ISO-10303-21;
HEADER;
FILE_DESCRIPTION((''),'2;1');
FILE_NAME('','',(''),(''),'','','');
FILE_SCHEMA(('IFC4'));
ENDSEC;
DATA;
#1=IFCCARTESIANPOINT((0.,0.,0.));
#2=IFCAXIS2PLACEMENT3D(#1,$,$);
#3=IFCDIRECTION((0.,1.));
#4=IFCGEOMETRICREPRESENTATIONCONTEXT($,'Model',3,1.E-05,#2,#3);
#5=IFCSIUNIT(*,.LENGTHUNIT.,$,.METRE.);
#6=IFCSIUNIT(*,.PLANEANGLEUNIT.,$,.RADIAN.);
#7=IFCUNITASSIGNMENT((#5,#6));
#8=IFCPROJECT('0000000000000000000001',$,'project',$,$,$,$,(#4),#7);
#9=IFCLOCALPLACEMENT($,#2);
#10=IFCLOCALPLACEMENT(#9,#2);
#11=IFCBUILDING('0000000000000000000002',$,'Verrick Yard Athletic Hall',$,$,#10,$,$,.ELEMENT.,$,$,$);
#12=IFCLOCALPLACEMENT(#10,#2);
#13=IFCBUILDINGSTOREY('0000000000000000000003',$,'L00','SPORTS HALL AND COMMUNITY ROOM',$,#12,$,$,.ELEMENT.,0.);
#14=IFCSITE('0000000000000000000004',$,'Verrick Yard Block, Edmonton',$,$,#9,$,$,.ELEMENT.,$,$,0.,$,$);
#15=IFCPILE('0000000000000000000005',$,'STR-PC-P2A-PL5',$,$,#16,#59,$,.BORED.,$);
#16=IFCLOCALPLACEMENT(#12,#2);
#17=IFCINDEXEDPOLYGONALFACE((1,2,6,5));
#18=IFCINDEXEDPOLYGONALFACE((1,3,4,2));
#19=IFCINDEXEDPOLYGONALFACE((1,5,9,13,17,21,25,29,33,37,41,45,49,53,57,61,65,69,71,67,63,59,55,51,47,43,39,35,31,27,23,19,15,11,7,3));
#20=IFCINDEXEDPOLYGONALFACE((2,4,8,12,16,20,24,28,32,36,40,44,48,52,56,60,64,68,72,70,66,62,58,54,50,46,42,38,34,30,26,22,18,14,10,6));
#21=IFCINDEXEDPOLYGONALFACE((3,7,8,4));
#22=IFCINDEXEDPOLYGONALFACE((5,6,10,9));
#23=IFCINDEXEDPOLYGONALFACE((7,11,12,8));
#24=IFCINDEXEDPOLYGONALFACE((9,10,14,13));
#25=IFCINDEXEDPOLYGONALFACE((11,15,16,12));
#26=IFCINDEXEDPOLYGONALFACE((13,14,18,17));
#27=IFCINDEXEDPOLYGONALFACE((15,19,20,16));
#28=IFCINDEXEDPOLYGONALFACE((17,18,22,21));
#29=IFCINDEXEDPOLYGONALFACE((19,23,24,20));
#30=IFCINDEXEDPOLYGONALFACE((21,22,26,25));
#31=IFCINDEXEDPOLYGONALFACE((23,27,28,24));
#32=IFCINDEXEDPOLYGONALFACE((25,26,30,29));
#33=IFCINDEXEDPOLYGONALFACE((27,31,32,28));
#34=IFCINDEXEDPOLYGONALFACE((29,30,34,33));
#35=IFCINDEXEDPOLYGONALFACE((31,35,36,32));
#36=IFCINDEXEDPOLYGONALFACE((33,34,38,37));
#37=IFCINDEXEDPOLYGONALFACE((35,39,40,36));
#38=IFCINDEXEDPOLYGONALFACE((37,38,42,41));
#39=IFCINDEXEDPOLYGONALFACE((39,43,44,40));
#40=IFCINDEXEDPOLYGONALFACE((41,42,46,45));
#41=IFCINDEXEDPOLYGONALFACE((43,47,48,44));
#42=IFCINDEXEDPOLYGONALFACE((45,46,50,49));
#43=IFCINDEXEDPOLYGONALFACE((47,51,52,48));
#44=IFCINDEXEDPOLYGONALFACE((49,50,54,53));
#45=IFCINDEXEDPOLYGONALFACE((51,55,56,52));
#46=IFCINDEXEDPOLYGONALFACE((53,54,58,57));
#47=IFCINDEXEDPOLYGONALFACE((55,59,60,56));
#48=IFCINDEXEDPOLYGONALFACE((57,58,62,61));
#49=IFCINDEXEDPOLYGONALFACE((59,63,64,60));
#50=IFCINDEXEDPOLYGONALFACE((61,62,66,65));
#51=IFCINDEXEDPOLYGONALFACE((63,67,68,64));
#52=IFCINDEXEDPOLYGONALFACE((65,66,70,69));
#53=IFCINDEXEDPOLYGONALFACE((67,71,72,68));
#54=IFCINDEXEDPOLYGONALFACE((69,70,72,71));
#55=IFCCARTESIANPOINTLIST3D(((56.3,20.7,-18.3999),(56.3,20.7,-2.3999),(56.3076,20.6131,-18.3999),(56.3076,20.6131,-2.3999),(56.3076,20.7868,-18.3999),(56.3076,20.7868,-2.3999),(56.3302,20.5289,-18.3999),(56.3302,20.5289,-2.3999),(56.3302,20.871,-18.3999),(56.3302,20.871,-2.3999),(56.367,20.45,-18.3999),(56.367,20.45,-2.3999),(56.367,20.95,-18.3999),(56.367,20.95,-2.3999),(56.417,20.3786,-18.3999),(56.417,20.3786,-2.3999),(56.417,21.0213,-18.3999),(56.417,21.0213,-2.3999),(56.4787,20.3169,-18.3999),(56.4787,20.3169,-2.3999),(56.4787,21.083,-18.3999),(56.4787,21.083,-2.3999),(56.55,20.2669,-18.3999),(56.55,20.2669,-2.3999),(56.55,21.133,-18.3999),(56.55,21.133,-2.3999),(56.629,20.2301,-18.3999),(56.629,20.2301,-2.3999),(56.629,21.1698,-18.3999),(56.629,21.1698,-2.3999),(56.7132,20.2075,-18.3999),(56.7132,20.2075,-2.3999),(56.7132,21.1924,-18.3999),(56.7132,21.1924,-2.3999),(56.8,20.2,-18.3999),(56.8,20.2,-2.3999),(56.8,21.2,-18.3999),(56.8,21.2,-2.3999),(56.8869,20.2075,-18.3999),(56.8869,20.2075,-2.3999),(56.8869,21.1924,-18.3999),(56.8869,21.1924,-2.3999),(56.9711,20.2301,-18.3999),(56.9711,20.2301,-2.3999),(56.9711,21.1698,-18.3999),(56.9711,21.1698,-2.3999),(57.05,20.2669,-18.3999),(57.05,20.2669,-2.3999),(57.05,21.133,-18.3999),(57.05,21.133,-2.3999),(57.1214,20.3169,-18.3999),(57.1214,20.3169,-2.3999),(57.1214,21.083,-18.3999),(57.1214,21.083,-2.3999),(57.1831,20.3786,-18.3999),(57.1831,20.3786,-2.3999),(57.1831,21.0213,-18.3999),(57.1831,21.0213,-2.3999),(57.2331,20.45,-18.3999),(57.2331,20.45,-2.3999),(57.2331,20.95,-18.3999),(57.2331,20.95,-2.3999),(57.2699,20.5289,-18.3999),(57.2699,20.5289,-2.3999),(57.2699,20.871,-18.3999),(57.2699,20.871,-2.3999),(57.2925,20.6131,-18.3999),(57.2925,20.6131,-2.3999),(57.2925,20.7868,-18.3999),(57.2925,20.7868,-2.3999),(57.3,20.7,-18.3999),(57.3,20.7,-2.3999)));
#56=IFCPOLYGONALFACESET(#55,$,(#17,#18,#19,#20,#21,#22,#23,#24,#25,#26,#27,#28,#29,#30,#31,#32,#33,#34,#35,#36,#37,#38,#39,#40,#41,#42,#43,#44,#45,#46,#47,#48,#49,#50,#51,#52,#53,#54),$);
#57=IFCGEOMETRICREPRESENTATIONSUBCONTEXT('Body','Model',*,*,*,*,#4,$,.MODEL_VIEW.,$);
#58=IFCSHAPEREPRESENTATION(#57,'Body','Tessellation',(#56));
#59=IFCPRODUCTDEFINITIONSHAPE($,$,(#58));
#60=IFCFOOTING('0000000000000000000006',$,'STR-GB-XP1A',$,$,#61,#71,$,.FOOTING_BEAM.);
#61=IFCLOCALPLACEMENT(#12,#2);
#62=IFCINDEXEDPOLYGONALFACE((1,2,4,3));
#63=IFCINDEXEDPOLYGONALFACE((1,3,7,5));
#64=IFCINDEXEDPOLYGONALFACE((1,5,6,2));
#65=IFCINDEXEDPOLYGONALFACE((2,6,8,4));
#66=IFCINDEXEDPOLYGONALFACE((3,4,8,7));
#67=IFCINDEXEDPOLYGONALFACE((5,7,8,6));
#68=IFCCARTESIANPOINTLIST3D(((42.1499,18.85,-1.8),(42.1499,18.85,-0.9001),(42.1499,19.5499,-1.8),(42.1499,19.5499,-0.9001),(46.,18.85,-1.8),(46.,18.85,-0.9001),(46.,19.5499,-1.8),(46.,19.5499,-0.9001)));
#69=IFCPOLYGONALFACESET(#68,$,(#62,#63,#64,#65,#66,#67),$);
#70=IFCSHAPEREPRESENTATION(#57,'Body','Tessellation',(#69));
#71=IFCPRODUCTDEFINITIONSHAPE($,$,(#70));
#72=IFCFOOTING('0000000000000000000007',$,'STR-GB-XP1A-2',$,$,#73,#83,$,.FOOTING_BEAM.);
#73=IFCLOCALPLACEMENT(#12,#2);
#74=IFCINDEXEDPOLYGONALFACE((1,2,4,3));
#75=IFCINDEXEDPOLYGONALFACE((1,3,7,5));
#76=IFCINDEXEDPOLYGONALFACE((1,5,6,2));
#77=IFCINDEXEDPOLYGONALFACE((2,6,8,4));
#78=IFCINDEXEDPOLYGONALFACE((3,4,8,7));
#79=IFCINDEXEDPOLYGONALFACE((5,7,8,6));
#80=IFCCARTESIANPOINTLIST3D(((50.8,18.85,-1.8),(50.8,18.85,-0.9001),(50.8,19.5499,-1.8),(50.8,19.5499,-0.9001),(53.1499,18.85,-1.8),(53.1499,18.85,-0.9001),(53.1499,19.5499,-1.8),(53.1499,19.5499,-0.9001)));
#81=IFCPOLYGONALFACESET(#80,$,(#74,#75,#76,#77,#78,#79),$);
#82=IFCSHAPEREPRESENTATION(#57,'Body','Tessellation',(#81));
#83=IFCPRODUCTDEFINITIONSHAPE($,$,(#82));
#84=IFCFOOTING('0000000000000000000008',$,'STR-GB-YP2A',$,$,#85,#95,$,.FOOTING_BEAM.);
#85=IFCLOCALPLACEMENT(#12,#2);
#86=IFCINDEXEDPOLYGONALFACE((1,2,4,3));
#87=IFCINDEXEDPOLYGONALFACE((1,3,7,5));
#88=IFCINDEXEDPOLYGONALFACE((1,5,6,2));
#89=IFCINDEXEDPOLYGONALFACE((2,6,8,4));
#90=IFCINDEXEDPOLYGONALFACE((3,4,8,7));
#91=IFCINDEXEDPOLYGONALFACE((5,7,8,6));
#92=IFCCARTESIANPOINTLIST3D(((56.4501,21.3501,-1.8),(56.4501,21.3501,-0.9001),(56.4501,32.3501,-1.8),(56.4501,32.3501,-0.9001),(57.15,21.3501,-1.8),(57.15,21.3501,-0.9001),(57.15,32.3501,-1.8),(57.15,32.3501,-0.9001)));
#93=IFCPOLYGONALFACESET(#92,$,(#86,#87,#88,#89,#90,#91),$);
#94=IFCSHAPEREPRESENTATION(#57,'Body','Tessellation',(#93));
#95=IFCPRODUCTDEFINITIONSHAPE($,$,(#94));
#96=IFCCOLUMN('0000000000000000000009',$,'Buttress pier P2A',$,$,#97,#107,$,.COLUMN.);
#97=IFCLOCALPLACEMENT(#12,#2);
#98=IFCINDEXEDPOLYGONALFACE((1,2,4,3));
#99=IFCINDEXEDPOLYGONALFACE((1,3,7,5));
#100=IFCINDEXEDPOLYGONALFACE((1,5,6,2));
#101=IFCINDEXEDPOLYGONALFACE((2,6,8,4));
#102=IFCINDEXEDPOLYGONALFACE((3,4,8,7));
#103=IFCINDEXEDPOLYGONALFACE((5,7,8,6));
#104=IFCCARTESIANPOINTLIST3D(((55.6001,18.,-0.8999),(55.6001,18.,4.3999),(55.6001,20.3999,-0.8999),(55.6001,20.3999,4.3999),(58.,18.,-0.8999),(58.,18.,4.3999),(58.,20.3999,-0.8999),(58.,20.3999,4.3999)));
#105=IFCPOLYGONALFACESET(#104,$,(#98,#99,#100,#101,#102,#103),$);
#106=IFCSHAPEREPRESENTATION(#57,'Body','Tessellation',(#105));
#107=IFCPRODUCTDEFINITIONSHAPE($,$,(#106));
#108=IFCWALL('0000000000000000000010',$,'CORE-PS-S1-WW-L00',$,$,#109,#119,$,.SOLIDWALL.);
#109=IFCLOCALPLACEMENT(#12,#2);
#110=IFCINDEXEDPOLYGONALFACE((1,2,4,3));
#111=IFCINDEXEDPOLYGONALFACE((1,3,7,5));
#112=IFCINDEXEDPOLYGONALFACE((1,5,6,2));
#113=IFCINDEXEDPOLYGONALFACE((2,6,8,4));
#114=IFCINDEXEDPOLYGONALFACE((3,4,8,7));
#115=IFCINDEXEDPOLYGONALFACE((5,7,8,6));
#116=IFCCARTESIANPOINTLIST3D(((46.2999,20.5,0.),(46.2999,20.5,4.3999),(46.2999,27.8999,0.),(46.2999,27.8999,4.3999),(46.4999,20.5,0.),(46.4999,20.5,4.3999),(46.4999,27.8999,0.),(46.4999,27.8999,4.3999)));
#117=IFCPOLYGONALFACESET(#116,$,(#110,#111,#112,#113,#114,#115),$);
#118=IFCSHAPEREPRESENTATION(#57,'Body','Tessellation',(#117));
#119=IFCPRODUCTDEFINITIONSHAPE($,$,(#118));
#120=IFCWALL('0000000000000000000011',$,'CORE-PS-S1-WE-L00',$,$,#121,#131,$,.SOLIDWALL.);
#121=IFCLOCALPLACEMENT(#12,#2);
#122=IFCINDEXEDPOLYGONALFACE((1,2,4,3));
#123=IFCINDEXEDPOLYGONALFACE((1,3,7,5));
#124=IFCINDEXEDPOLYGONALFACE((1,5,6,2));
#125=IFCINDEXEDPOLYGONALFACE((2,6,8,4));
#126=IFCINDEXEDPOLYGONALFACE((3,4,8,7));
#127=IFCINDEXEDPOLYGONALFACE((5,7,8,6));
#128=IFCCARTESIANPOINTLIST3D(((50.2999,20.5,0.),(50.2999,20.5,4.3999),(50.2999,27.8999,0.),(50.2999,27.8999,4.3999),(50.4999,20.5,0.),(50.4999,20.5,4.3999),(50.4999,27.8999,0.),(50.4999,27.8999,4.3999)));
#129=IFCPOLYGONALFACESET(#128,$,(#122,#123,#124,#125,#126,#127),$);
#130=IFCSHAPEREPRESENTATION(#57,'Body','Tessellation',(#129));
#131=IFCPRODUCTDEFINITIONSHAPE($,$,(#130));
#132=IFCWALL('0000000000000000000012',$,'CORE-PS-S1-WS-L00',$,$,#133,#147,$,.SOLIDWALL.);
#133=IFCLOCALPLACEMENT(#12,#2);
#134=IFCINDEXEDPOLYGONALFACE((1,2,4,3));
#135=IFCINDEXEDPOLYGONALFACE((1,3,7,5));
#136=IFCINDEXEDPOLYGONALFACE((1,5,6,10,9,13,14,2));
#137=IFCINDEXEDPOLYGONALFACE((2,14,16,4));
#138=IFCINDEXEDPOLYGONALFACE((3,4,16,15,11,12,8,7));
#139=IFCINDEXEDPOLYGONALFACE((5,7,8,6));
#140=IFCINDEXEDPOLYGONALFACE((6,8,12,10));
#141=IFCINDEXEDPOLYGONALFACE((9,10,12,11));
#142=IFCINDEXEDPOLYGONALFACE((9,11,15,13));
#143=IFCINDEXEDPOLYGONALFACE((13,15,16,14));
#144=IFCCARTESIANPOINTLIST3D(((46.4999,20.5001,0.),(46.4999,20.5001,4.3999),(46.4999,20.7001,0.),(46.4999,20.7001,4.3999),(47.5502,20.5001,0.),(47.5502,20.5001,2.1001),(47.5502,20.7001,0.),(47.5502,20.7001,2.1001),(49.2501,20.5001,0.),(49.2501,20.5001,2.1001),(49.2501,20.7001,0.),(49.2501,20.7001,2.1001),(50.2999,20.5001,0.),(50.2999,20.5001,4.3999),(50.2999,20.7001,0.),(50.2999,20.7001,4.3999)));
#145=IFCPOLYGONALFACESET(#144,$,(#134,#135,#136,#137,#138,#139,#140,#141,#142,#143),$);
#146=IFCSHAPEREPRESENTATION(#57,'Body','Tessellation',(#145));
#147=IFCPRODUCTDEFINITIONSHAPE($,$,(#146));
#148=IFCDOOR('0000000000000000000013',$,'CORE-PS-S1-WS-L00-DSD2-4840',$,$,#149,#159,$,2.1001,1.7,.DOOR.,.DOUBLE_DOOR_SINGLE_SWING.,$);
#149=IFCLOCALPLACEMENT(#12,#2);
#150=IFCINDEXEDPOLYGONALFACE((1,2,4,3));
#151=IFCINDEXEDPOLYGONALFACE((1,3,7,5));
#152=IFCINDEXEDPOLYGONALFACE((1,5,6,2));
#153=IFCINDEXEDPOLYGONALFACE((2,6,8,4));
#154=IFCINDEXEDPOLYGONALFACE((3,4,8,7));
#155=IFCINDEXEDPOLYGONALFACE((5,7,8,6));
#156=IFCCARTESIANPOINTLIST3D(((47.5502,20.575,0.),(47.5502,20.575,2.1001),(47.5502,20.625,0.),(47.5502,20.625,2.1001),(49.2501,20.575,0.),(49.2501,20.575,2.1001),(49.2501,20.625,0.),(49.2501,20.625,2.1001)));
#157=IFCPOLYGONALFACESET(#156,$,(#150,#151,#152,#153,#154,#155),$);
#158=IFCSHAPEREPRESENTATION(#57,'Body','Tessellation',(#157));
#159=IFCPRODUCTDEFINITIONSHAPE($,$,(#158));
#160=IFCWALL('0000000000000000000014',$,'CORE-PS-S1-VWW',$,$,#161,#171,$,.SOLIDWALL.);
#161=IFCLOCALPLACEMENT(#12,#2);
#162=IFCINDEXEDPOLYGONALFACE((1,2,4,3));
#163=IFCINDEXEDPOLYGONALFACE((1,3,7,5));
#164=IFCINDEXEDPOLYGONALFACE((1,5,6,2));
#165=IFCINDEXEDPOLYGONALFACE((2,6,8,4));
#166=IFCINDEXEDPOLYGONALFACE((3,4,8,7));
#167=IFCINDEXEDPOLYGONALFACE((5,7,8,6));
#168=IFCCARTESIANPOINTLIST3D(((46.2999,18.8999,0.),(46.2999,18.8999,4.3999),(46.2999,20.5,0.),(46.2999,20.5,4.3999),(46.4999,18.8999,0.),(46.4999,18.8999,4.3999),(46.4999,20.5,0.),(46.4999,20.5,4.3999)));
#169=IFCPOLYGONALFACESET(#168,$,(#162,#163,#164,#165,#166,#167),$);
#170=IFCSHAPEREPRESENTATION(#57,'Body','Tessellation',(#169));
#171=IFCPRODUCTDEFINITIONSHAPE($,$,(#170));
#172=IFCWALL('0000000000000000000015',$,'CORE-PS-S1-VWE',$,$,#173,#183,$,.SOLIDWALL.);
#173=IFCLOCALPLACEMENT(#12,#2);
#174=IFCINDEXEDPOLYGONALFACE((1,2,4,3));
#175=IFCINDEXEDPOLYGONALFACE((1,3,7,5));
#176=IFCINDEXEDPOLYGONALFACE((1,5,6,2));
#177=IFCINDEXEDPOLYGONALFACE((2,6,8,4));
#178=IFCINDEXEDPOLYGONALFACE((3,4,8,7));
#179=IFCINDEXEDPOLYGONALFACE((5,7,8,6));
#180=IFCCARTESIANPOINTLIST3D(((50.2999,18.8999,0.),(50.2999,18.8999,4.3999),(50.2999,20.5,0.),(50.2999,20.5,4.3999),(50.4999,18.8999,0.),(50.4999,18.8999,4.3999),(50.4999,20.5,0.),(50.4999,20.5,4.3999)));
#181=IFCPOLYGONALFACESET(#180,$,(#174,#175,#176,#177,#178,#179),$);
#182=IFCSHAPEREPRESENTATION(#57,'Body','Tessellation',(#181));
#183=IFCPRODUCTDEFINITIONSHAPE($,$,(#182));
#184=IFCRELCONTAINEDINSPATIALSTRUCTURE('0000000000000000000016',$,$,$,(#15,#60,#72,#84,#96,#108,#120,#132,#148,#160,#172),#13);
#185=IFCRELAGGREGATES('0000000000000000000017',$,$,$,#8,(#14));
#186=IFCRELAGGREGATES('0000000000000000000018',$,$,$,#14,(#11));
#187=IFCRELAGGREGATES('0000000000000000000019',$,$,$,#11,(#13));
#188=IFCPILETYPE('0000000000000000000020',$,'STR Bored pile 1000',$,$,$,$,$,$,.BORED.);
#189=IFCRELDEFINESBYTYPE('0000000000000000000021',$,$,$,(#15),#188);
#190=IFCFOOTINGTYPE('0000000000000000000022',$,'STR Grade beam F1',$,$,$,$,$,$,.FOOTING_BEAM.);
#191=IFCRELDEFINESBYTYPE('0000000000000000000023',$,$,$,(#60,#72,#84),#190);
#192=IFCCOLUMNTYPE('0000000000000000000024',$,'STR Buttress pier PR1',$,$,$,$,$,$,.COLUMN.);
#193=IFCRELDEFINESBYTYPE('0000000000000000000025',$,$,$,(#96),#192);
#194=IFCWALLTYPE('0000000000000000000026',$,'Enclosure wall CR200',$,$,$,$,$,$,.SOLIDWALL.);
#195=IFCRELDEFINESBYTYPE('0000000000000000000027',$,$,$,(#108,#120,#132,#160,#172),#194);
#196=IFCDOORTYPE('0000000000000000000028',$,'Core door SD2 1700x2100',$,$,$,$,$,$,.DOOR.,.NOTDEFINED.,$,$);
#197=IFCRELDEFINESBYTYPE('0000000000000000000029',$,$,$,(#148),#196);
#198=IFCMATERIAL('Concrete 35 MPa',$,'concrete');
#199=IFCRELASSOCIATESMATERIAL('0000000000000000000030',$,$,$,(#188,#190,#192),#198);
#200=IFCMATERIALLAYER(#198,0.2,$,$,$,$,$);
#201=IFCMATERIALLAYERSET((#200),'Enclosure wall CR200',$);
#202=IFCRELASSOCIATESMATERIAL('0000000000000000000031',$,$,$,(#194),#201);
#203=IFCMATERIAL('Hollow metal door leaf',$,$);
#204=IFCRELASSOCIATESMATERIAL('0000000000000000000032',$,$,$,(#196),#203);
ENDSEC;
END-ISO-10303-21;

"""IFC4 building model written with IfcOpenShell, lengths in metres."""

from ifc_helpers import new_model, si_unit, direction, frame, frame_2d, origin, origin_2d, place, context, subcontext, project, spatial, rectangle, circle, extrude, material, layer, layer_set, material_profile, profile_set, type_object, element, fill, save


model = new_model("IFC4")

# Units and contexts
model_context = context("Model", 3, precision=1e-05, world=origin(), true_north=direction((0.0, 1.0)))
body_context = subcontext(model_context, "Body", "Model", "MODEL_VIEW")
ifc_project = project(units=[si_unit("LENGTHUNIT", "METRE"), si_unit("PLANEANGLEUNIT", "RADIAN")], contexts=[model_context])

# Site, building, storey
site_placement = place(None, origin())
site = spatial("IfcSite", under=ifc_project, at=site_placement, Name="Verrick Yard Block, Edmonton", CompositionType="ELEMENT", RefElevation=0.0)
building_placement = place(site_placement, origin())
building = spatial("IfcBuilding", under=site, at=building_placement, Name="Verrick Yard Athletic Hall", CompositionType="ELEMENT")
storey_placement = place(building_placement, origin())
storey = spatial("IfcBuildingStorey", under=building, at=storey_placement, Name="L00", Description="SPORTS HALL AND COMMUNITY ROOM", CompositionType="ELEMENT", Elevation=0.0)

# Pile
ifc_material_1 = material(Name="Concrete 35 MPa", Category="concrete")
pile_type = type_object("IfcPileType", Name="STR Bored pile 1000", PredefinedType="BORED", material=ifc_material_1)
for number, where, z_axis, x_axis, name in (
    (1, (56.8, 20.7, -2.3999), (0.0, 0.0, -1.0), (1.0, 0.0, 0.0), "STR-PC-P2A-PL5"),
):
    element("IfcPile", number, at=place(storey_placement, frame(where, z_axis=z_axis, x_axis=x_axis)), inside=storey, type_object=pile_type, Name=name, PredefinedType="BORED", context=body_context, shape_type="SweptSolid", body=[
        extrude(circle(Radius=0.5, at=origin_2d()), origin(), (0.0, 0.0, 1.0), 16.0),
    ])

# Footings
ifc_material_profile_1 = material_profile(ifc_material_1, rectangle(XDim=0.7, YDim=0.8999, at=origin_2d()), Name="STR Grade beam F1")
ifc_profile_set_1 = profile_set([ifc_material_profile_1], Name="Concrete 35 MPa")
footing_type = type_object("IfcFootingType", Name="STR Grade beam F1", PredefinedType="FOOTING_BEAM", material=ifc_profile_set_1)
footing_1_placement = place(storey_placement, frame((42.1499, 19.2, -1.3501), z_axis=(1.0, 0.0, 0.0), x_axis=(0.0, 1.0, 0.0)))
element("IfcFooting", 2, at=footing_1_placement, inside=storey, type_object=footing_type, Name="STR-GB-XP1A", PredefinedType="FOOTING_BEAM", context=body_context, shape_type="SweptSolid", body=[
    extrude(rectangle(XDim=0.7, YDim=0.8999, at=origin_2d()), origin(), (0.0, 0.0, 1.0), 3.8501),
])
footing_2_placement = place(storey_placement, frame((50.8, 19.2, -1.3501), z_axis=(1.0, 0.0, 0.0), x_axis=(0.0, 1.0, 0.0)))
element("IfcFooting", 3, at=footing_2_placement, inside=storey, type_object=footing_type, Name="STR-GB-XP1A-2", PredefinedType="FOOTING_BEAM", context=body_context, shape_type="SweptSolid", body=[
    extrude(rectangle(XDim=0.7, YDim=0.8999, at=origin_2d()), origin(), (0.0, 0.0, 1.0), 2.3499),
])
footing_3_placement = place(storey_placement, frame((56.8, 21.3501, -1.3501), z_axis=(0.0, 1.0, 0.0), x_axis=(-1.0, 0.0, 0.0)))
element("IfcFooting", 4, at=footing_3_placement, inside=storey, type_object=footing_type, Name="STR-GB-YP2A", PredefinedType="FOOTING_BEAM", context=body_context, shape_type="SweptSolid", body=[
    extrude(rectangle(XDim=0.7, YDim=0.8999, at=origin_2d()), origin(), (0.0, 0.0, 1.0), 11.0),
])

# Column
ifc_material_profile_2 = material_profile(ifc_material_1, rectangle(XDim=2.3999, YDim=2.3999, at=origin_2d()), Name="STR Buttress pier PR1")
ifc_profile_set_2 = profile_set([ifc_material_profile_2], Name="Concrete 35 MPa")
column_type = type_object("IfcColumnType", Name="STR Buttress pier PR1", PredefinedType="COLUMN", material=ifc_profile_set_2)
column_placement = place(storey_placement, frame((56.8, 19.2, -0.8999), z_axis=(0.0, 0.0, 1.0), x_axis=(1.0, 0.0, 0.0)))
element("IfcColumn", 5, at=column_placement, inside=storey, type_object=column_type, Name="Buttress pier P2A", PredefinedType="COLUMN", context=body_context, shape_type="SweptSolid", body=[
    extrude(rectangle(XDim=2.3999, YDim=2.3999, at=origin_2d()), origin(), (0.0, 0.0, 1.0), 5.2998),
])

# Walls
ifc_layer_1 = layer(ifc_material_1, 0.2)
ifc_layer_set_1 = layer_set([ifc_layer_1], Name="Enclosure wall CR200")
wall_type_1 = type_object("IfcWallType", Name="Enclosure wall CR200", PredefinedType="SOLIDWALL", material=ifc_layer_set_1)
for number, where, z_axis, x_axis, name in (
    (6, (46.3999, 20.5, 0.0), (0.0, 0.0, 1.0), (0.0, 1.0, 0.0), "CORE-PS-S1-WW-L00"),
    (7, (50.3999, 20.5, 0.0), (0.0, 0.0, 1.0), (0.0, 1.0, 0.0), "CORE-PS-S1-WE-L00"),
):
    element("IfcWall", number, at=place(storey_placement, frame(where, z_axis=z_axis, x_axis=x_axis)), inside=storey, type_object=wall_type_1, Name=name, PredefinedType="SOLIDWALL", context=body_context, shape_type="SweptSolid", body=[
        extrude(rectangle(XDim=7.3999, YDim=0.2, at=frame_2d((3.7, 0.0))), origin(), (0.0, 0.0, 1.0), 4.3999),
    ])

# Wall, opening, door
wall_1_placement = place(storey_placement, frame((46.5, 20.6001, 0.0), z_axis=(0.0, 0.0, 1.0), x_axis=(1.0, 0.0, 0.0)))
wall_1 = element("IfcWall", 8, at=wall_1_placement, inside=storey, type_object=wall_type_1, Name="CORE-PS-S1-WS-L00", PredefinedType="SOLIDWALL", context=body_context, shape_type="SweptSolid", body=[
    extrude(rectangle(XDim=3.8, YDim=0.2, at=frame_2d((1.8999, 0.0))), origin(), (0.0, 0.0, 1.0), 4.3999),
])
opening_placement = place(wall_1_placement, frame((1.05, 0.0, 0.0)))
opening = element("IfcOpeningElement", 9, at=opening_placement, cuts=wall_1, PredefinedType="OPENING", context=body_context, shape_type="SweptSolid", body=[
    extrude(rectangle(XDim=1.7, YDim=2.1001, at=frame_2d((0.8501, 1.05))), frame((0.0, 0.1099, 0.0), z_axis=(0.0, -1.0, 0.0), x_axis=(1.0, 0.0, 0.0)), (0.0, 0.0, 1.0), 0.22),
])
ifc_material_2 = material(Name="Hollow metal door leaf")
door_type = type_object("IfcDoorType", Name="Core door SD2 1700x2100", OperationType="NOTDEFINED", PredefinedType="DOOR", material=ifc_material_2)
door_placement = place(opening_placement, origin())
door = element("IfcDoor", 10, at=door_placement, inside=storey, type_object=door_type, Name="CORE-PS-S1-WS-L00-DSD2-4840", OperationType="DOUBLE_DOOR_SINGLE_SWING", OverallHeight=2.1001, OverallWidth=1.7, PredefinedType="DOOR", context=body_context, shape_type="SweptSolid", body=[
    extrude(rectangle(XDim=1.7, YDim=2.1001, at=frame_2d((0.8501, 1.05))), frame((0.0, 0.0249, 0.0), z_axis=(0.0, -1.0, 0.0), x_axis=(1.0, 0.0, 0.0)), (0.0, 0.0, 1.0), 0.05),
])
fill(opening, door)

# Walls
for number, where, z_axis, x_axis, name in (
    (11, (46.3999, 18.8999, 0.0), (0.0, 0.0, 1.0), (0.0, 1.0, 0.0), "CORE-PS-S1-VWW"),
    (12, (50.3999, 18.8999, 0.0), (0.0, 0.0, 1.0), (0.0, 1.0, 0.0), "CORE-PS-S1-VWE"),
):
    element("IfcWall", number, at=place(storey_placement, frame(where, z_axis=z_axis, x_axis=x_axis)), inside=storey, type_object=wall_type_1, Name=name, PredefinedType="SOLIDWALL", context=body_context, shape_type="SweptSolid", body=[
        extrude(rectangle(XDim=1.6001, YDim=0.2, at=frame_2d((0.8, 0.0))), origin(), (0.0, 0.0, 1.0), 4.3999),
    ])

save(model, "model.ifc")
